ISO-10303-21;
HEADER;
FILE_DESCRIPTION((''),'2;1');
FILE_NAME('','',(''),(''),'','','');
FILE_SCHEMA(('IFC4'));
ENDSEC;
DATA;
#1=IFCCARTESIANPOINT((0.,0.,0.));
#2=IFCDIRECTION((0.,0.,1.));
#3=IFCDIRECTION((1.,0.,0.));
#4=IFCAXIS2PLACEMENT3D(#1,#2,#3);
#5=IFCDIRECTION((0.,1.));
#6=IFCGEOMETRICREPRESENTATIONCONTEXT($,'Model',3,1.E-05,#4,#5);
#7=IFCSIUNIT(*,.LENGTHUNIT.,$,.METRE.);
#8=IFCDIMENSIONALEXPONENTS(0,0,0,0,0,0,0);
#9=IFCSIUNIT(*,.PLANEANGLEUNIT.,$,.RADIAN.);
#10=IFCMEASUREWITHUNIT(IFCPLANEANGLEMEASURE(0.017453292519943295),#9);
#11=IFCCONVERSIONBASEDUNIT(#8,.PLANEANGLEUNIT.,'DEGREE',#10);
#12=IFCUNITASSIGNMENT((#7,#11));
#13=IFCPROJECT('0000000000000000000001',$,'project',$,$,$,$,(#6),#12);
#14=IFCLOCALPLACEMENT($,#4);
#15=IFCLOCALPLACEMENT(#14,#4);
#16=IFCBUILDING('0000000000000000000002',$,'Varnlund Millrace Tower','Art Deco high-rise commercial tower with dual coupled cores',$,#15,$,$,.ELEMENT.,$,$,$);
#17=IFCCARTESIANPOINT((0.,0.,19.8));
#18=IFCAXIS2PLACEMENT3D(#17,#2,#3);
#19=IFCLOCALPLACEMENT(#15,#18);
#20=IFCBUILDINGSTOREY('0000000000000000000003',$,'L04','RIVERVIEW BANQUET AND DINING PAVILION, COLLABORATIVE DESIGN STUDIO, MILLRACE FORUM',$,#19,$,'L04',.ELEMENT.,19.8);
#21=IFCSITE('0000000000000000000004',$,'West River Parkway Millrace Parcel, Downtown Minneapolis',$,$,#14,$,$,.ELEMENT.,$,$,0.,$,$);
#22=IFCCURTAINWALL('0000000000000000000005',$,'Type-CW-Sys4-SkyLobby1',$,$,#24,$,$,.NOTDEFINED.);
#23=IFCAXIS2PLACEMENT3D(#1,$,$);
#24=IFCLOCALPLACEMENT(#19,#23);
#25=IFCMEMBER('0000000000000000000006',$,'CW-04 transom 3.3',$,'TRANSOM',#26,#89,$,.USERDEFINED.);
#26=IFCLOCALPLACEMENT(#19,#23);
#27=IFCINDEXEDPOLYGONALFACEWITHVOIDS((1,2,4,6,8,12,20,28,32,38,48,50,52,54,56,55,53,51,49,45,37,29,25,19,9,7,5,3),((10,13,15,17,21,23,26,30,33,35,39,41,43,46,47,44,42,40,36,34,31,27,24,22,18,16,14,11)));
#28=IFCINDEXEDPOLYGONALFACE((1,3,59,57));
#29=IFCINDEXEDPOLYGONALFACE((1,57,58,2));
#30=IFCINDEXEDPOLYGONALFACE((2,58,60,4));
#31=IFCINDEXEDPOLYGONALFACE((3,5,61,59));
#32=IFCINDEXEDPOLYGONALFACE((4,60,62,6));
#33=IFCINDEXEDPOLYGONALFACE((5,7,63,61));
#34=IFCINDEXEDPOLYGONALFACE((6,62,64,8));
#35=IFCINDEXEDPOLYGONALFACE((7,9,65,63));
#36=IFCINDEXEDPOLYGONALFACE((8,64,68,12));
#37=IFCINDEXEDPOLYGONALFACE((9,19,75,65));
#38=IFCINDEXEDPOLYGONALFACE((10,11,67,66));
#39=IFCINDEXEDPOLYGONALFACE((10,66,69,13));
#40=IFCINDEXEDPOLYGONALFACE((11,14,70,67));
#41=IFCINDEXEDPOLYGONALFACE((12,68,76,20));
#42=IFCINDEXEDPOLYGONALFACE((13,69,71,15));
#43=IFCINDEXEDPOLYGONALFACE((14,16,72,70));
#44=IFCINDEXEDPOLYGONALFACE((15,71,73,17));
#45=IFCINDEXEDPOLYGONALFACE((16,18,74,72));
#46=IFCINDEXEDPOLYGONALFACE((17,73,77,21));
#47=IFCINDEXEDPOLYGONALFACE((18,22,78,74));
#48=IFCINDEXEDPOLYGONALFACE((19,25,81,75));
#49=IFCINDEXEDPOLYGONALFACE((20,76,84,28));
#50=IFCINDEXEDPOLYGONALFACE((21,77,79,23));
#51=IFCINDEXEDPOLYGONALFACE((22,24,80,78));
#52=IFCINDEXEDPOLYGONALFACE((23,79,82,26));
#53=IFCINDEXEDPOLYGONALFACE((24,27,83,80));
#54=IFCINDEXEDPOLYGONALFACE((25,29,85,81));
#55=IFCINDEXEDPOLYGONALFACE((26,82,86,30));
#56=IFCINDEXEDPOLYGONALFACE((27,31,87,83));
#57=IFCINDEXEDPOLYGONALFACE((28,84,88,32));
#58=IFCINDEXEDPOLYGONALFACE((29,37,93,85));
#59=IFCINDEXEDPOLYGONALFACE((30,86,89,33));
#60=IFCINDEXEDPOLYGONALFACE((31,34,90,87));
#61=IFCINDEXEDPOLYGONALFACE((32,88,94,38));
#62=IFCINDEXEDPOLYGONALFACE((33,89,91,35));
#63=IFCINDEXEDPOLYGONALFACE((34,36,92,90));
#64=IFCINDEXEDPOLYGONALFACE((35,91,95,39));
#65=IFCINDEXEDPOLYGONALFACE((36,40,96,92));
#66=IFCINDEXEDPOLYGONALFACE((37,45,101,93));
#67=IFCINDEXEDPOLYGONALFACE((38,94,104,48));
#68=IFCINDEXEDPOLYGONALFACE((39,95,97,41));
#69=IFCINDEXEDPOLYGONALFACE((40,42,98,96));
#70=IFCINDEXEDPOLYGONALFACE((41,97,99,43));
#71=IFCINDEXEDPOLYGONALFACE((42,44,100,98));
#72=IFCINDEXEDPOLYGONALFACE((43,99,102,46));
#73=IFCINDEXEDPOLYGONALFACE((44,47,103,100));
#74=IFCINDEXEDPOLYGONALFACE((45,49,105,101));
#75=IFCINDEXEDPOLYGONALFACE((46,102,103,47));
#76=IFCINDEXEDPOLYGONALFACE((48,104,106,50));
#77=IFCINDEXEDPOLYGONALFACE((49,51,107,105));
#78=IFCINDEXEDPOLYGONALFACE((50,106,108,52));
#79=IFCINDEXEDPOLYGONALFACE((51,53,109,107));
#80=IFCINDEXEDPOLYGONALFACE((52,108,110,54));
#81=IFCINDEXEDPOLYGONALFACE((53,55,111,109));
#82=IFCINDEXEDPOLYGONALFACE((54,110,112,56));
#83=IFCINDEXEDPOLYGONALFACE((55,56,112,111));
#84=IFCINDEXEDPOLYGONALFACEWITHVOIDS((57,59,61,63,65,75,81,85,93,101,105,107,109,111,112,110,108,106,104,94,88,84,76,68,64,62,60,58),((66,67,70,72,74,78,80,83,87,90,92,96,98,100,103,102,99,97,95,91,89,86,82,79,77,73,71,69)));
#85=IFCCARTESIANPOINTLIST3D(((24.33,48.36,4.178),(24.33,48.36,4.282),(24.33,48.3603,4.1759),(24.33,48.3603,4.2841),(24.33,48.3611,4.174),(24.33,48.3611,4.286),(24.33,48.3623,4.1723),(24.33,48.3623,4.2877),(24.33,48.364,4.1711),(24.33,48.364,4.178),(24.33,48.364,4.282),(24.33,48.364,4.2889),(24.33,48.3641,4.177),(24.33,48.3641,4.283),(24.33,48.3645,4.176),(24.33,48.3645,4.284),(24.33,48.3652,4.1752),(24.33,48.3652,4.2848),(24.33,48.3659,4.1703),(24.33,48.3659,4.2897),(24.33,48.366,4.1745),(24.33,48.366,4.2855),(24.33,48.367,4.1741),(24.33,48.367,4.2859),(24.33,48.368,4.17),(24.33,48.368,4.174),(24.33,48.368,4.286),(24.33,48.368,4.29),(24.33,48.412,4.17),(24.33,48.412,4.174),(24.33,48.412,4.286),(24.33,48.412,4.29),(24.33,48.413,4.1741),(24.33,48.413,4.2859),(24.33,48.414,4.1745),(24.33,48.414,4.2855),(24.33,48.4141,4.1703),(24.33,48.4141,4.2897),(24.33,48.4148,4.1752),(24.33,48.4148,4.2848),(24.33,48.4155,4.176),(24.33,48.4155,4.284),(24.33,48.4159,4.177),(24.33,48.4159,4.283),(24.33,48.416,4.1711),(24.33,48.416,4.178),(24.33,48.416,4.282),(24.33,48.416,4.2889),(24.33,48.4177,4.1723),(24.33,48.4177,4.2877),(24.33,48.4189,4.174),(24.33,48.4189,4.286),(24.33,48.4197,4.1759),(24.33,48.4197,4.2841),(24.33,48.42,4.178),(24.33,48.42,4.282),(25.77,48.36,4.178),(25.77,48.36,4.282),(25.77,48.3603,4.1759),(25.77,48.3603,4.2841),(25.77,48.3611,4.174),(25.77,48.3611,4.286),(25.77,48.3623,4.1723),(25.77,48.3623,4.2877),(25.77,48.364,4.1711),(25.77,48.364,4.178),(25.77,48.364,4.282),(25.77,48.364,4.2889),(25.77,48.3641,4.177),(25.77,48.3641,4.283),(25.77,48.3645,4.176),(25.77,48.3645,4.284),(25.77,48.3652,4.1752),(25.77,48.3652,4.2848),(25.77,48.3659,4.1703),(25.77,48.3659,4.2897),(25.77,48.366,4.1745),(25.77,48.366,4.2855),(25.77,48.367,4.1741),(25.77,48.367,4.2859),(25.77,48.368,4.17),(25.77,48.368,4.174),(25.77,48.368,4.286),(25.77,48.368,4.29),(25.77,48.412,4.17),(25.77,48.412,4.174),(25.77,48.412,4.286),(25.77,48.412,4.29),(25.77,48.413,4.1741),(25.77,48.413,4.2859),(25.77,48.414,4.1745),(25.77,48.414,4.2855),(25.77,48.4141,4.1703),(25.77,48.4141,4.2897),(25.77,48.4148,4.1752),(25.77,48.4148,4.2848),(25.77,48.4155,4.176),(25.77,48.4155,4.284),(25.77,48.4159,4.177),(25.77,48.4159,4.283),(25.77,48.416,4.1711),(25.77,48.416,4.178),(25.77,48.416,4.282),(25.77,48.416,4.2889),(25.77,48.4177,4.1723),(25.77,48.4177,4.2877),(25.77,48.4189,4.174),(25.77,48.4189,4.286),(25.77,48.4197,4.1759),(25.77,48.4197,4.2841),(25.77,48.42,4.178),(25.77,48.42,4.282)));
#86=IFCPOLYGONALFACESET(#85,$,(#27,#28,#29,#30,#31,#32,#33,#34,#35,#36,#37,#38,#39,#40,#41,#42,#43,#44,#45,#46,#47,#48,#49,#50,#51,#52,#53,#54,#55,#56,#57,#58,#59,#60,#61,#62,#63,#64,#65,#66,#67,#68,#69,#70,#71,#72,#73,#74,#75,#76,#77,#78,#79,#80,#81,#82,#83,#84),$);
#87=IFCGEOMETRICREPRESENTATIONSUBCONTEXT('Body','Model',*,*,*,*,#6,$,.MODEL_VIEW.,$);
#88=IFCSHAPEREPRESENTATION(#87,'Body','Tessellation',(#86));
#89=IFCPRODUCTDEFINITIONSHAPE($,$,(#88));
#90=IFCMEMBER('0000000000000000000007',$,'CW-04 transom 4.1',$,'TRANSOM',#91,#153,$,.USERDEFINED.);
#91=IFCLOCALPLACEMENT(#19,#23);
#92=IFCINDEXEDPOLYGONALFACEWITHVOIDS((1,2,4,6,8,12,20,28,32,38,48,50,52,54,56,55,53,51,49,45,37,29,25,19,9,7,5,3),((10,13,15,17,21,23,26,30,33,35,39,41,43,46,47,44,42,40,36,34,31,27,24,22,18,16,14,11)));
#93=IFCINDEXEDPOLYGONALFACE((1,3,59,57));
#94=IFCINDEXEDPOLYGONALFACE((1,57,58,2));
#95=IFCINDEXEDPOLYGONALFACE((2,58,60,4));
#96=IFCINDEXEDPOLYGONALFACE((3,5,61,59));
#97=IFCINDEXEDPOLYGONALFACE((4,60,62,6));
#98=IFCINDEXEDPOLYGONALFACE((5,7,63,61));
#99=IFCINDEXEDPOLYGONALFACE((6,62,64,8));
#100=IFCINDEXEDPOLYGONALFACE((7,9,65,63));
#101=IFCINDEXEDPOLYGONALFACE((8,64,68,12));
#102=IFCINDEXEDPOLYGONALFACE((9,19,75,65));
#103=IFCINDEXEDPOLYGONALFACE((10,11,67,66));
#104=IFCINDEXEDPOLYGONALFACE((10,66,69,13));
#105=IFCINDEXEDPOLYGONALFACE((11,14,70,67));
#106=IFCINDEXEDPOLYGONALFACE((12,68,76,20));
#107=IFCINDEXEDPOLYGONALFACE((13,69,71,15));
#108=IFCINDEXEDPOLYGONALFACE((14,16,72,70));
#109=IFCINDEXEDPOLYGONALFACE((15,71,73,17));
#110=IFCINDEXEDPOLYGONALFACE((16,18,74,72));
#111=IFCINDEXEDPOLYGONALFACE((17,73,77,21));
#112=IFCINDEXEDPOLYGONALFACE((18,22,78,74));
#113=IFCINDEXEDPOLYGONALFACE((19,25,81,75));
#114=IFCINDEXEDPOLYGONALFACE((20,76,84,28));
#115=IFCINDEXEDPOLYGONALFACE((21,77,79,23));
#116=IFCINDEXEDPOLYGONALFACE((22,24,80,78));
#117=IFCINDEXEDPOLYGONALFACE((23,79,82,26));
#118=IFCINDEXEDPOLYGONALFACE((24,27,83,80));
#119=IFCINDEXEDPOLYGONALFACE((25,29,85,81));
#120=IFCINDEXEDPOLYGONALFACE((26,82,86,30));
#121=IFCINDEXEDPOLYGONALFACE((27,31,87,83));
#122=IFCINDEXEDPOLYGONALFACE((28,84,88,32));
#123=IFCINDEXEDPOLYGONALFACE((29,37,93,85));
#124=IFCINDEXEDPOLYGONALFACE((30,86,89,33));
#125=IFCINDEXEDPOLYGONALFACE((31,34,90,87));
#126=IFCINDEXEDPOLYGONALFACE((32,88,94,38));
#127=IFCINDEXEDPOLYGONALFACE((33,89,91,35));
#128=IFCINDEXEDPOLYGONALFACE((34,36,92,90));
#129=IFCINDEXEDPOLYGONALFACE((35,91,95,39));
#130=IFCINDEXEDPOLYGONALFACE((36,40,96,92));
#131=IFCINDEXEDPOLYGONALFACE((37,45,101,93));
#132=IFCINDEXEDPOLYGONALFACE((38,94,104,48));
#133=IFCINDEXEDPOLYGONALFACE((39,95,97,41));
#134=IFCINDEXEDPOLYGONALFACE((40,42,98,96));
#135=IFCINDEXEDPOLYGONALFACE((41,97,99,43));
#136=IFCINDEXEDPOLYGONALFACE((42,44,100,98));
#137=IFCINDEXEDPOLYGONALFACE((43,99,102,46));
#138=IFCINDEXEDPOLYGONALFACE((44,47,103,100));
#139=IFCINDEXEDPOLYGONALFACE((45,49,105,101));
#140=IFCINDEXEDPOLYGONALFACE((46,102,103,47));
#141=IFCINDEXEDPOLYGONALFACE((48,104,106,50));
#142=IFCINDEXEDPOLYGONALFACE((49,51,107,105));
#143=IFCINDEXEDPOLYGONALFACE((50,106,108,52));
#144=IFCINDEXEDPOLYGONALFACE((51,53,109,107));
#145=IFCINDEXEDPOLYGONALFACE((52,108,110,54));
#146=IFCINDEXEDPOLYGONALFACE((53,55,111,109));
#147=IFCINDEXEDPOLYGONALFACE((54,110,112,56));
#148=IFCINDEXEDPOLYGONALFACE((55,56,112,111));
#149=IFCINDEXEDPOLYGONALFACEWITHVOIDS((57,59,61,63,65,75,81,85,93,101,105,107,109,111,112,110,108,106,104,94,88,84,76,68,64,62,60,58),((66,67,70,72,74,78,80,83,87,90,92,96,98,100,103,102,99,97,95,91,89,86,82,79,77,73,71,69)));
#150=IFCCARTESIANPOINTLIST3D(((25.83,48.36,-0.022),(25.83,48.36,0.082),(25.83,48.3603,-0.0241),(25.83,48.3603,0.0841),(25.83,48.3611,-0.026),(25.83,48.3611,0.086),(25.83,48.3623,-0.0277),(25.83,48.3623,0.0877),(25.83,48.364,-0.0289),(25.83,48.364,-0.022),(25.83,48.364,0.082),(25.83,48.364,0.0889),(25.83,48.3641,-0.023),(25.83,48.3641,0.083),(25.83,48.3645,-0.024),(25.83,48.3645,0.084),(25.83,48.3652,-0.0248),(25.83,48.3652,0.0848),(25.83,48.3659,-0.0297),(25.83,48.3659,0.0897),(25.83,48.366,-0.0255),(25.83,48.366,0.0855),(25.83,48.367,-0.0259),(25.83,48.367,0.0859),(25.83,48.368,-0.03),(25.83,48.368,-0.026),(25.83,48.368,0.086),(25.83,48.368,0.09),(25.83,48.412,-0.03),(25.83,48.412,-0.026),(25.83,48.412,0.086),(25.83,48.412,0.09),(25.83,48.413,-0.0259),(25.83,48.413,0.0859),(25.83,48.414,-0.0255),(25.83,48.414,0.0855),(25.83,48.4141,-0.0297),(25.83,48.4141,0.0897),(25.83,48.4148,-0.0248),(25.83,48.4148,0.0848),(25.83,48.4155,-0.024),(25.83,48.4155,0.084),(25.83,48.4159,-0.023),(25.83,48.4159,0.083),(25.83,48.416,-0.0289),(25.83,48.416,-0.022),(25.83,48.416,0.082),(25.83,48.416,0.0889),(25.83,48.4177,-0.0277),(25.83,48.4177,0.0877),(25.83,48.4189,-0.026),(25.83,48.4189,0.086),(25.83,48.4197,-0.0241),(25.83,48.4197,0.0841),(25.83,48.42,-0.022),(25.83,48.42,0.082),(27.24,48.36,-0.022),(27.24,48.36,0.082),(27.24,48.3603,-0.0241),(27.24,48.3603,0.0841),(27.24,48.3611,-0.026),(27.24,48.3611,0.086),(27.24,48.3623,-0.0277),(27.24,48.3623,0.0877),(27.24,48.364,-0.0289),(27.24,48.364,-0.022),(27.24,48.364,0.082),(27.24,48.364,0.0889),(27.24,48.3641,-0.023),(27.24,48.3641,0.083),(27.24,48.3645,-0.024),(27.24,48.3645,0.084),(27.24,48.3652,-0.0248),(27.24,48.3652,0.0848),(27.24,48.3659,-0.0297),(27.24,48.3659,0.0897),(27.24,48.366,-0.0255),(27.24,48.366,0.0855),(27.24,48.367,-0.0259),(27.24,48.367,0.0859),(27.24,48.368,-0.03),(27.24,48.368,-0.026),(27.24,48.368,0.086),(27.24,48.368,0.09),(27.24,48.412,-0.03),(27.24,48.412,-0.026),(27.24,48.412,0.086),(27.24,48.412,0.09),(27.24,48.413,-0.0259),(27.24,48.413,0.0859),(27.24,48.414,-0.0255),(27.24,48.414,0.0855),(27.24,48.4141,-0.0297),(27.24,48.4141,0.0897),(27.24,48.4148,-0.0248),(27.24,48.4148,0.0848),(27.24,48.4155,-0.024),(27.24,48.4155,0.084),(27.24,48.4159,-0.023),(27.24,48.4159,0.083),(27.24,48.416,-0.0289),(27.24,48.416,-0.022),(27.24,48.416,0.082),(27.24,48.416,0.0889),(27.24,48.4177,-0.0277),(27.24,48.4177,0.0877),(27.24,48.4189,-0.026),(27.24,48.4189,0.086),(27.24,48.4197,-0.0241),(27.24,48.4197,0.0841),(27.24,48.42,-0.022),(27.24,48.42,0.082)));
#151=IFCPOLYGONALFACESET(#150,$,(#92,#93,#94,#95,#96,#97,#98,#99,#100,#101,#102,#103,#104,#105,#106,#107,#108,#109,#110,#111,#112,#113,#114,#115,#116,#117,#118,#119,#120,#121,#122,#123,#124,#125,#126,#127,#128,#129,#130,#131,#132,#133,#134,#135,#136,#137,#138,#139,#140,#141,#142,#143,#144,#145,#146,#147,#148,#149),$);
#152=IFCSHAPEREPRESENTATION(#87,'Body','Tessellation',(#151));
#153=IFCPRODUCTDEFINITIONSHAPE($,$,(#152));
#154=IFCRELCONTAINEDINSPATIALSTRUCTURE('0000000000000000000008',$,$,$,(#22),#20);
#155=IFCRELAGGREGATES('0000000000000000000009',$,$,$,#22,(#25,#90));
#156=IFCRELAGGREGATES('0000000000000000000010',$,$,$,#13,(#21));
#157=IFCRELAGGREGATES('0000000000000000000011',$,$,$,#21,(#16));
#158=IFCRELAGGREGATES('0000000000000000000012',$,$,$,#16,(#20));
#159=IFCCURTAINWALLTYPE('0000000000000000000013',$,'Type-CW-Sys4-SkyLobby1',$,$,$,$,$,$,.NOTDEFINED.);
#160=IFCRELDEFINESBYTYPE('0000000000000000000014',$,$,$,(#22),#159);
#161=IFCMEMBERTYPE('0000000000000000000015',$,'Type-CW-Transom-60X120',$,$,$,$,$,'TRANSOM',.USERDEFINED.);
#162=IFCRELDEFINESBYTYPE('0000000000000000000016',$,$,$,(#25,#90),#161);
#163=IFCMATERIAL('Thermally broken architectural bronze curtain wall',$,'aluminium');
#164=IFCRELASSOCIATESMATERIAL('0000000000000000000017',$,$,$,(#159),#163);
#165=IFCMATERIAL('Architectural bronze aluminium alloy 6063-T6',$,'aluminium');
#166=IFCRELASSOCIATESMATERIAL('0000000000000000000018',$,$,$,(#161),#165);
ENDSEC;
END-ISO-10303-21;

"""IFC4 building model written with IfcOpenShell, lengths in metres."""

from ifc_helpers import new_model, entity, si_unit, converted_unit, direction, frame, origin_with_axes, origin_2d_with_axis, place, context, subcontext, project, spatial, hollow_rectangle, extrude, material, material_profile, profile_set, type_object, element, aggregate, save


model = new_model("IFC4")

# Units and contexts
model_context = context("Model", 3, precision=1e-05, world=origin_with_axes(), true_north=direction((0.0, 1.0)))
body_context = subcontext(model_context, "Body", "Model", "MODEL_VIEW")
ifc_project = project(units=[si_unit("LENGTHUNIT", "METRE"), converted_unit("PLANEANGLEUNIT", "DEGREE", entity("IfcPlaneAngleMeasure", 0.017453292519943295), si_unit("PLANEANGLEUNIT", "RADIAN"), dimensions=[0, 0, 0, 0, 0, 0, 0])], contexts=[model_context])

# Site, building, storey
site_placement = place(None, origin_with_axes())
site = spatial("IfcSite", under=ifc_project, at=site_placement, Name="West River Parkway Millrace Parcel, Downtown Minneapolis", CompositionType="ELEMENT", RefElevation=0.0)
building_placement = place(site_placement, origin_with_axes())
building = spatial("IfcBuilding", under=site, at=building_placement, Name="Varnlund Millrace Tower", Description="Art Deco high-rise commercial tower with dual coupled cores", CompositionType="ELEMENT")
storey_placement = place(building_placement, frame((0.0, 0.0, 19.8), z_axis=(0.0, 0.0, 1.0), x_axis=(1.0, 0.0, 0.0)))
storey = spatial("IfcBuildingStorey", under=building, at=storey_placement, Name="L04", Description="RIVERVIEW BANQUET AND DINING PAVILION, COLLABORATIVE DESIGN STUDIO, MILLRACE FORUM", LongName="L04", CompositionType="ELEMENT", Elevation=19.8)

# Curtain wall, members
ifc_material_1 = material(Name="Thermally broken architectural bronze curtain wall", Category="aluminium")
curtain_wall_type = type_object("IfcCurtainWallType", Name="Type-CW-Sys4-SkyLobby1", PredefinedType="NOTDEFINED", material=ifc_material_1)
curtain_wall_placement = place(storey_placement, frame((21.3, 48.39, 0.0), z_axis=(0.0, 0.0, 1.0), x_axis=(1.0, 0.0, 0.0)))
curtain_wall = element("IfcCurtainWall", 1, at=curtain_wall_placement, inside=storey, type_object=curtain_wall_type, Name="Type-CW-Sys4-SkyLobby1", PredefinedType="NOTDEFINED")
ifc_material_2 = material(Name="Architectural bronze aluminium alloy 6063-T6", Category="aluminium")
ifc_material_profile_1 = material_profile(ifc_material_2, hollow_rectangle(XDim=0.06, YDim=0.12, WallThickness=0.004, InnerFilletRadius=0.004, OuterFilletRadius=0.008, at=origin_2d_with_axis()), Name="Architectural bronze aluminium alloy 6063-T6")
ifc_profile_set_1 = profile_set([ifc_material_profile_1], Name="Architectural bronze aluminium alloy 6063-T6")
member_type_1 = type_object("IfcMemberType", Name="Type-CW-Transom-60X120", ElementType="TRANSOM", PredefinedType="USERDEFINED", material=ifc_profile_set_1)
member_1_placement = place(storey_placement, frame((24.33, 48.39, 4.23), z_axis=(1.0, 0.0, 0.0), x_axis=(0.0, 1.0, 0.0)))
member_1 = element("IfcMember", 2, at=member_1_placement, type_object=member_type_1, Name="CW-04 transom 3.3", ObjectType="TRANSOM", PredefinedType="USERDEFINED", context=body_context, shape_type="SweptSolid", body=[
    extrude(hollow_rectangle(XDim=0.06, YDim=0.12, WallThickness=0.004, InnerFilletRadius=0.004, OuterFilletRadius=0.008, at=origin_2d_with_axis()), origin_with_axes(), (0.0, 0.0, 1.0), 1.44),
])
member_2_placement = place(storey_placement, frame((25.83, 48.39, 0.03), z_axis=(1.0, 0.0, 0.0), x_axis=(0.0, 1.0, 0.0)))
member_2 = element("IfcMember", 3, at=member_2_placement, type_object=member_type_1, Name="CW-04 transom 4.1", ObjectType="TRANSOM", PredefinedType="USERDEFINED", context=body_context, shape_type="SweptSolid", body=[
    extrude(hollow_rectangle(XDim=0.06, YDim=0.12, WallThickness=0.004, InnerFilletRadius=0.004, OuterFilletRadius=0.008, at=origin_2d_with_axis()), origin_with_axes(), (0.0, 0.0, 1.0), 1.41),
])
aggregate(curtain_wall, [member_1, member_2])

save(model, "model.ifc")
